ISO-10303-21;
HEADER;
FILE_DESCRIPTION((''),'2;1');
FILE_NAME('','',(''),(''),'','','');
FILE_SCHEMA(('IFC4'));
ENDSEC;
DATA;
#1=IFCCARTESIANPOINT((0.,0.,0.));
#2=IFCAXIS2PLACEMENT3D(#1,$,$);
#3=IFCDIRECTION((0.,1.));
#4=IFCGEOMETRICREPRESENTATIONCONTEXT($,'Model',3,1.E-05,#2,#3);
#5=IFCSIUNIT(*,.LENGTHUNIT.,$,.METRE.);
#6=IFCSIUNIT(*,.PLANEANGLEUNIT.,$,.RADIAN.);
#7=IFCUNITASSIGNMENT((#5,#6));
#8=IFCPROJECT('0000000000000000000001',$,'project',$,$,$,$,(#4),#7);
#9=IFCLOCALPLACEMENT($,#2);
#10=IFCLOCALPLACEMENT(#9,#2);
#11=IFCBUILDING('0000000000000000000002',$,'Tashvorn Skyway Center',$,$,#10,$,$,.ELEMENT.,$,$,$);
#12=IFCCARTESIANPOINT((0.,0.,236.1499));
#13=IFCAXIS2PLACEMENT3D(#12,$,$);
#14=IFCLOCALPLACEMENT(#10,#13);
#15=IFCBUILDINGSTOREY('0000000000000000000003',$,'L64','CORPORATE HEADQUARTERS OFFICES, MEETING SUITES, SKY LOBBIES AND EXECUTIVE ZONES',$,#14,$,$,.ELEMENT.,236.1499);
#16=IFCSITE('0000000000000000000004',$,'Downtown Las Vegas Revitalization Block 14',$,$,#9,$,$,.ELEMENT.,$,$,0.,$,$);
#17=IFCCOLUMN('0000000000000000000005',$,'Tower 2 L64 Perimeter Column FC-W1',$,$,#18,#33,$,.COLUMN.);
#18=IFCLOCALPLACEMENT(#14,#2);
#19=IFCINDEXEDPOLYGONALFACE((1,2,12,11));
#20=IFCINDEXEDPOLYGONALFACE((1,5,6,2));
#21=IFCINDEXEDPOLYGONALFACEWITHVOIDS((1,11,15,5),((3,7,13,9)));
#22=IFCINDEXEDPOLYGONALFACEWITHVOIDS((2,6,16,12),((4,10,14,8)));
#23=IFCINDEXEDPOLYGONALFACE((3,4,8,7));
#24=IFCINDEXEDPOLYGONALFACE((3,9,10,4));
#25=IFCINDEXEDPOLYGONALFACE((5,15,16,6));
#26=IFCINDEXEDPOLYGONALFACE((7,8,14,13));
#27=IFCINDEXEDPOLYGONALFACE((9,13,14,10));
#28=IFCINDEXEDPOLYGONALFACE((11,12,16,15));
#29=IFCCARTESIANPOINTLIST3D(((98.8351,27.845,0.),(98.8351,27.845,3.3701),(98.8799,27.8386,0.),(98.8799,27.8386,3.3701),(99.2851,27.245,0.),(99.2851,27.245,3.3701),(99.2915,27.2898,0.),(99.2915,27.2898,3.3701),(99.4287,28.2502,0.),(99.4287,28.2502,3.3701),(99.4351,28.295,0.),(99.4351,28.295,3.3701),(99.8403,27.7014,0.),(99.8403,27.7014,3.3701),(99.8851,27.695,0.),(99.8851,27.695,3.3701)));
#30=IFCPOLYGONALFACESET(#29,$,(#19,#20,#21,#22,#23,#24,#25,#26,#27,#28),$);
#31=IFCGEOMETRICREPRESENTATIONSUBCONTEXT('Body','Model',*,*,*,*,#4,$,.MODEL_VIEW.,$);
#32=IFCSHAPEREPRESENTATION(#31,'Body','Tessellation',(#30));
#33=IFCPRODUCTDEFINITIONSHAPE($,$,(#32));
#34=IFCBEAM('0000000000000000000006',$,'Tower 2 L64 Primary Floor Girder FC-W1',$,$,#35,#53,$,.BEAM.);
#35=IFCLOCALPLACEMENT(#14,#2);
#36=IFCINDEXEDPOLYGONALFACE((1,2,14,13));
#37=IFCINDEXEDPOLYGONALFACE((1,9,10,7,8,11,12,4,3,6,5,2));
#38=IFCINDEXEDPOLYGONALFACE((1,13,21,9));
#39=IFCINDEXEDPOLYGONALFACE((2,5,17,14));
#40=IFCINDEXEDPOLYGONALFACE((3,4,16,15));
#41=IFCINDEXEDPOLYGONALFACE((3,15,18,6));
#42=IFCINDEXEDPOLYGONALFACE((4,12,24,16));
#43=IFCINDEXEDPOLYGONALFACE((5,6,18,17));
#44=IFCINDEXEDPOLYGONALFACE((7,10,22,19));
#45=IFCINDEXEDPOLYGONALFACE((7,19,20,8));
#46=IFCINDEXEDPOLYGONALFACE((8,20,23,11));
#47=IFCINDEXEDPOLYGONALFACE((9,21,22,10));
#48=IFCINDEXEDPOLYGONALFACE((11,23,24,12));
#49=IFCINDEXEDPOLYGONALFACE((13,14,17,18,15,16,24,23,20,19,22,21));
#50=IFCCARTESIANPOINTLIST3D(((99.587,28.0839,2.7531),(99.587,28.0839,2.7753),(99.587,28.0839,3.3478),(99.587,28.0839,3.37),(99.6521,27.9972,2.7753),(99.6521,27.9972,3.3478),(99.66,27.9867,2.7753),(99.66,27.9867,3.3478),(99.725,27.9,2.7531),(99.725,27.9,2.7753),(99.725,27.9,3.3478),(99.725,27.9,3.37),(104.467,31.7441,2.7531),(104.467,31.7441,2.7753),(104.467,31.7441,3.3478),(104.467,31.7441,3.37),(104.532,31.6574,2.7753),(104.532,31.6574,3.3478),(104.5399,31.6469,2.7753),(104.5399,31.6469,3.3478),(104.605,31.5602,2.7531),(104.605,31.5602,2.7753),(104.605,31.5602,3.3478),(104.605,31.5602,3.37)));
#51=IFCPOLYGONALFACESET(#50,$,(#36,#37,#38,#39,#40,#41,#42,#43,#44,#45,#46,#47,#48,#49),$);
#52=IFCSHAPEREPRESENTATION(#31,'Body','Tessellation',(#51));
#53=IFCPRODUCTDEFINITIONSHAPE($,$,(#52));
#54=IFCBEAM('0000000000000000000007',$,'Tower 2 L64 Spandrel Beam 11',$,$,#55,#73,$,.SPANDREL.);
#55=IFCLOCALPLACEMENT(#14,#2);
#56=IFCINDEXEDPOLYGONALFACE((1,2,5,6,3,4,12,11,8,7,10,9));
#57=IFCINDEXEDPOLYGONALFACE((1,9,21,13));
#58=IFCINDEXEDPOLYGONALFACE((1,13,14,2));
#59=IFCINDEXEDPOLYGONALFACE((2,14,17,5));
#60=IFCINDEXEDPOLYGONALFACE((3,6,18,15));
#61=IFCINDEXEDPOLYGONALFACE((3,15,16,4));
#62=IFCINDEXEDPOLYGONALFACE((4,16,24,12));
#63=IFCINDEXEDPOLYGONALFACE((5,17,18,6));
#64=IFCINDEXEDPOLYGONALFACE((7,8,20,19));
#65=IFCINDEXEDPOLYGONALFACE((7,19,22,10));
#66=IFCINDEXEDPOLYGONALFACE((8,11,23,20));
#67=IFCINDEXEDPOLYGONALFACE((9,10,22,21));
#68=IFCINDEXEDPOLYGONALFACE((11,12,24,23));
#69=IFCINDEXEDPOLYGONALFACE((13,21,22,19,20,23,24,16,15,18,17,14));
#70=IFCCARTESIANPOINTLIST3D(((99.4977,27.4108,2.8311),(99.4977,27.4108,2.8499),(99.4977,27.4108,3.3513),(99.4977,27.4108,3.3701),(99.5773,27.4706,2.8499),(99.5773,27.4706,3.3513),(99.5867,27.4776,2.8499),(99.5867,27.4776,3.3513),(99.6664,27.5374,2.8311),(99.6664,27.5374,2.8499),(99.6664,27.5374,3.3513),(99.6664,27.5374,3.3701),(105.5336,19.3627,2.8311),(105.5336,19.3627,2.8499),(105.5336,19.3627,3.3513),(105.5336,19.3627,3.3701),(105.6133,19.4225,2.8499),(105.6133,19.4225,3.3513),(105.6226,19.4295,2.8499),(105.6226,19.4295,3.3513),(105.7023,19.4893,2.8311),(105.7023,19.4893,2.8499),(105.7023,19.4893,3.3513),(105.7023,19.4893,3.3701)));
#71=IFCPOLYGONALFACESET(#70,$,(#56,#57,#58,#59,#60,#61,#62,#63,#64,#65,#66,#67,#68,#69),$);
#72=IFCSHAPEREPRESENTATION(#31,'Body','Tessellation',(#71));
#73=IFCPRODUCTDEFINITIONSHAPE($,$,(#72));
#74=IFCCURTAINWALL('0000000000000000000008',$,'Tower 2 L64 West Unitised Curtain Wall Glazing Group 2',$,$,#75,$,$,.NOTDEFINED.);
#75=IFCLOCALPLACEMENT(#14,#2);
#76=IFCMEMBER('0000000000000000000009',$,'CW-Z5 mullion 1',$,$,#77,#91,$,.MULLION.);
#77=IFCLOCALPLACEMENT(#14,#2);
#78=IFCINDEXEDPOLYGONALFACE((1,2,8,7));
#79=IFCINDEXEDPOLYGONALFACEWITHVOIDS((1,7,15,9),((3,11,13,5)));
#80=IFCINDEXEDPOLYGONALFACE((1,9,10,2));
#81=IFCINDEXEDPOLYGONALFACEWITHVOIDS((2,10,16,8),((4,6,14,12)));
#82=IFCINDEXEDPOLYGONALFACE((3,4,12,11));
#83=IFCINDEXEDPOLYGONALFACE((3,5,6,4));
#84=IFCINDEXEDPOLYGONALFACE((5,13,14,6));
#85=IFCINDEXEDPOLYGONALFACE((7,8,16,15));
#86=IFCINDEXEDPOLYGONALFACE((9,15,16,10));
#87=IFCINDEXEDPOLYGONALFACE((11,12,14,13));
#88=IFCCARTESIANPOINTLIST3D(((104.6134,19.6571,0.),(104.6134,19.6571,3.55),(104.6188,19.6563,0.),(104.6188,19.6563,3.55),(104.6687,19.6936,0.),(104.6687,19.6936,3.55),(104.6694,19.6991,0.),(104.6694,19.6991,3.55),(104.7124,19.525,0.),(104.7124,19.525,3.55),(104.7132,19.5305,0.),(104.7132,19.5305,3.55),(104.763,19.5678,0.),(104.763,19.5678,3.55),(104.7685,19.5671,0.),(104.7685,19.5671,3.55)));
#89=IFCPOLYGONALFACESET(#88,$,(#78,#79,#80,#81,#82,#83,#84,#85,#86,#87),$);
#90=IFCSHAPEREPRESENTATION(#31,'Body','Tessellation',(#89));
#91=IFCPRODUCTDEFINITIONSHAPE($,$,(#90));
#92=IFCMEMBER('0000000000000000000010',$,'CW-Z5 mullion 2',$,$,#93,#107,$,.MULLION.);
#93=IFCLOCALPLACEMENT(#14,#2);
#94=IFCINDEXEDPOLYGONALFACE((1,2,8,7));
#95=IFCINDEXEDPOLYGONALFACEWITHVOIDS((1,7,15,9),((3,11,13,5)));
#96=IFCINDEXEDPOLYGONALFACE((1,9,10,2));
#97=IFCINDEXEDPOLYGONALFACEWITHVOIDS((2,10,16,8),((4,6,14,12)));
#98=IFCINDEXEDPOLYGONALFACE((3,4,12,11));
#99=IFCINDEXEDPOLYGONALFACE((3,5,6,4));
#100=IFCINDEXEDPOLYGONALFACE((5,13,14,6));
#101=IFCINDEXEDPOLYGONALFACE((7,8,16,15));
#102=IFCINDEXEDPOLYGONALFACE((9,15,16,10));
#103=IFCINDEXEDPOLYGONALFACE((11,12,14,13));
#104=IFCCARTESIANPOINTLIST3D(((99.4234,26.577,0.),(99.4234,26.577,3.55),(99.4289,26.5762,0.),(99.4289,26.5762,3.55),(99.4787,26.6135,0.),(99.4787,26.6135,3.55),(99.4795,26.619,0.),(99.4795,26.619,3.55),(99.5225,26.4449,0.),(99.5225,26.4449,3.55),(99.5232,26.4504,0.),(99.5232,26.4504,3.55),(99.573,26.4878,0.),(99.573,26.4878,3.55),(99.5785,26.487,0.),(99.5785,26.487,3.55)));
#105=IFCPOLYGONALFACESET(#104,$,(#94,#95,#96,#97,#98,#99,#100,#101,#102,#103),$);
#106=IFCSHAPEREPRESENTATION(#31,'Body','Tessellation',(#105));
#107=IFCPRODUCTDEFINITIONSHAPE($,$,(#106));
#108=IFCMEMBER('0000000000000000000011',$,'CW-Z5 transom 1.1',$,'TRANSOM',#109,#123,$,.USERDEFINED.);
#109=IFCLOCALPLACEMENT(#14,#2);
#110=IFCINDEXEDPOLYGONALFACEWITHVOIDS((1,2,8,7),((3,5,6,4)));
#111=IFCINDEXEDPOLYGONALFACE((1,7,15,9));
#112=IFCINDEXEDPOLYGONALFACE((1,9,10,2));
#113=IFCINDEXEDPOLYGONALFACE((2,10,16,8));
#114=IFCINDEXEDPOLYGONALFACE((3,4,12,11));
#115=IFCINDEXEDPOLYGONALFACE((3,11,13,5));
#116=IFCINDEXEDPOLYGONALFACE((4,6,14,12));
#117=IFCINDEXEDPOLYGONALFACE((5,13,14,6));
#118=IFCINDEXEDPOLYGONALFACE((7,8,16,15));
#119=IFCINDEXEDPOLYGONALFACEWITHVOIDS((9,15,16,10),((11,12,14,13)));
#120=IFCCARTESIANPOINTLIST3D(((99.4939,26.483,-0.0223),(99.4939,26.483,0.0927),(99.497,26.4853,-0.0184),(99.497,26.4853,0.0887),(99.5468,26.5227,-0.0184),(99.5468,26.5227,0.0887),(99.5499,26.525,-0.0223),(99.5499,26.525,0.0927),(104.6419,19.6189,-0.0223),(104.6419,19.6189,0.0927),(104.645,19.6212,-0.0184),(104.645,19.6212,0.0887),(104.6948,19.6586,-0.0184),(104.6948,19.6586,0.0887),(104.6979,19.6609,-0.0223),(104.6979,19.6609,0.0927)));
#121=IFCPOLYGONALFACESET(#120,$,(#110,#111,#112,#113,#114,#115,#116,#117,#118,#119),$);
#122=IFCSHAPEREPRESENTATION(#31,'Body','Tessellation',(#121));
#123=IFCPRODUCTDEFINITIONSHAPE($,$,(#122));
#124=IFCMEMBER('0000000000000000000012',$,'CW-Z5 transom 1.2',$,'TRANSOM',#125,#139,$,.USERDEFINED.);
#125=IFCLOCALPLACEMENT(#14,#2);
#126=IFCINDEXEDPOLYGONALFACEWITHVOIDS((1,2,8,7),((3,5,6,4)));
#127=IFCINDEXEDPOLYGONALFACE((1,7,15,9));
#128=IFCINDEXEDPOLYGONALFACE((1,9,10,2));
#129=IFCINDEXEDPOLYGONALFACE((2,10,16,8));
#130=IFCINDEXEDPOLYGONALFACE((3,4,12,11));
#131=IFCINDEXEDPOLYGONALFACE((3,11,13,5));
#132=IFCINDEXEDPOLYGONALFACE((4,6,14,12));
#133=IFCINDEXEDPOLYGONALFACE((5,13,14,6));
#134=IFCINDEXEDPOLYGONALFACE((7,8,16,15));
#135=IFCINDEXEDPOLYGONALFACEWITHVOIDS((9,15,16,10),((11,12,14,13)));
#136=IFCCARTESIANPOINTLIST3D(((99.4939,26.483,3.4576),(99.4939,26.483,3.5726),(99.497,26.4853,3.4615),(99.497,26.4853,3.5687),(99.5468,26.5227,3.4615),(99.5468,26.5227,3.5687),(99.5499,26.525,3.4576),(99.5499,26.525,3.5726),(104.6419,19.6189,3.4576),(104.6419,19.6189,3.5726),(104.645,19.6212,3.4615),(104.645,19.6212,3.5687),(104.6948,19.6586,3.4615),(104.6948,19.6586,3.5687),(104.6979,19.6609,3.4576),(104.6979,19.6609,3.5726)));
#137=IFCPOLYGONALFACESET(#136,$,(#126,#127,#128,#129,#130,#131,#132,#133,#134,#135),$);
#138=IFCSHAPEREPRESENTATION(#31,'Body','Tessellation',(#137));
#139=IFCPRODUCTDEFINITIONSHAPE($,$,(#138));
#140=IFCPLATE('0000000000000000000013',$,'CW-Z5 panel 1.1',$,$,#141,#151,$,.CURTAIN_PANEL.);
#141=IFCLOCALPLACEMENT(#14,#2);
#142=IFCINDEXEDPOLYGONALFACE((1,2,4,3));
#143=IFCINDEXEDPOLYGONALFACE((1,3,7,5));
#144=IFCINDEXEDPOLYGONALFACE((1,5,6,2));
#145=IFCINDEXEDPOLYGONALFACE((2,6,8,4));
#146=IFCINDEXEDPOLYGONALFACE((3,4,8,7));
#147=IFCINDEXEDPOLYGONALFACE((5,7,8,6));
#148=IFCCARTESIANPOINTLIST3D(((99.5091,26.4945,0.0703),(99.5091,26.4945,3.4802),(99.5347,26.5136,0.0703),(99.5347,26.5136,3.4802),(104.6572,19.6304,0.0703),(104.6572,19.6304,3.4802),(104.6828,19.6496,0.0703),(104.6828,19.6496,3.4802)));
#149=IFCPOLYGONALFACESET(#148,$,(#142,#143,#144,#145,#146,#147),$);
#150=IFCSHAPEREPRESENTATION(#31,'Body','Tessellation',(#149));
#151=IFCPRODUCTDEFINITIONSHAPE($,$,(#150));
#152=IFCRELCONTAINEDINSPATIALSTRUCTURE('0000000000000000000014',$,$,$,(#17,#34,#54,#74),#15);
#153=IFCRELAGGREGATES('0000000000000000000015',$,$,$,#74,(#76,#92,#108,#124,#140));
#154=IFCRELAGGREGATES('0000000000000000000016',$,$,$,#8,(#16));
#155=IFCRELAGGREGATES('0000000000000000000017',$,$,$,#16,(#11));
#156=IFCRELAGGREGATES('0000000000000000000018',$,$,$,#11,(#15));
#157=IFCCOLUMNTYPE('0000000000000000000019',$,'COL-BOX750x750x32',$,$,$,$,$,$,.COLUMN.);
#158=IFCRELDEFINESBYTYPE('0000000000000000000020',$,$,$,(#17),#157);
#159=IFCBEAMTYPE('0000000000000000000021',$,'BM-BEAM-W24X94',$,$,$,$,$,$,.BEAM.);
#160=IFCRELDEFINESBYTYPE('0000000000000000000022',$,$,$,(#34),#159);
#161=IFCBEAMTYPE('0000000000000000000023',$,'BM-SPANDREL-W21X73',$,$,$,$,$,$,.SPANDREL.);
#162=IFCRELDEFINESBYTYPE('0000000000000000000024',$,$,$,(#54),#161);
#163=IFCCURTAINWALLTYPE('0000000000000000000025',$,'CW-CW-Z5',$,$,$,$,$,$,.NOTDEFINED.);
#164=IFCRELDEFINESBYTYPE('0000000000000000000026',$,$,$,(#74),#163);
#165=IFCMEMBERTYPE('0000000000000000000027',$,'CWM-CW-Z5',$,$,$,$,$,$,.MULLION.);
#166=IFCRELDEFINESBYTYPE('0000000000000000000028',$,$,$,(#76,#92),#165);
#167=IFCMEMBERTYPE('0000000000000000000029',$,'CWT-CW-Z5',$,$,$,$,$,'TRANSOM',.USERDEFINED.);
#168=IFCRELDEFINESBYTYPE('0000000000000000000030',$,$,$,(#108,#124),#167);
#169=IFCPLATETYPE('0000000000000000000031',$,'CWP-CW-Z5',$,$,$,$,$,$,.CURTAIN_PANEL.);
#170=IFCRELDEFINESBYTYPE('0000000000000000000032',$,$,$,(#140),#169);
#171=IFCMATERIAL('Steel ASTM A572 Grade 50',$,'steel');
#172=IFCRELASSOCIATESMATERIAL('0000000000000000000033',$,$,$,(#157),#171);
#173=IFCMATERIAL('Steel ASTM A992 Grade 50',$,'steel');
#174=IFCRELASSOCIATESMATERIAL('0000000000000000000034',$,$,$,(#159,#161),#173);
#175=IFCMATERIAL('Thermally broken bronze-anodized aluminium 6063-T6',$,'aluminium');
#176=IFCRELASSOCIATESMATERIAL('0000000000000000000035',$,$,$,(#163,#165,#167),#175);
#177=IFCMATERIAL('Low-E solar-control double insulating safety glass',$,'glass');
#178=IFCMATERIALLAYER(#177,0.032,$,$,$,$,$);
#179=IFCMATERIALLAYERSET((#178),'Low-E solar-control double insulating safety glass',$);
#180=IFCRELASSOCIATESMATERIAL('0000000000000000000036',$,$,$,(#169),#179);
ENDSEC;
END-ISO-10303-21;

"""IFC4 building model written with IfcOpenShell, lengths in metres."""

from ifc_helpers import new_model, si_unit, direction, frame, origin, origin_2d, place, context, subcontext, project, spatial, rectangle, hollow_rectangle, i_section, extrude, material, layer, layer_set, material_profile, profile_set, type_object, element, aggregate, save


model = new_model("IFC4")

# Units and contexts
model_context = context("Model", 3, precision=1e-05, world=origin(), true_north=direction((0.0, 1.0)))
body_context = subcontext(model_context, "Body", "Model", "MODEL_VIEW")
ifc_project = project(units=[si_unit("LENGTHUNIT", "METRE"), si_unit("PLANEANGLEUNIT", "RADIAN")], contexts=[model_context])

# Site, building, storey
site_placement = place(None, origin())
site = spatial("IfcSite", under=ifc_project, at=site_placement, Name="Downtown Las Vegas Revitalization Block 14", CompositionType="ELEMENT", RefElevation=0.0)
building_placement = place(site_placement, origin())
building = spatial("IfcBuilding", under=site, at=building_placement, Name="Tashvorn Skyway Center", CompositionType="ELEMENT")
storey_placement = place(building_placement, frame((0.0, 0.0, 236.1499)))
storey = spatial("IfcBuildingStorey", under=building, at=storey_placement, Name="L64", Description="CORPORATE HEADQUARTERS OFFICES, MEETING SUITES, SKY LOBBIES AND EXECUTIVE ZONES", CompositionType="ELEMENT", Elevation=236.1499)

# Column
ifc_material_1 = material(Name="Steel ASTM A572 Grade 50", Category="steel")
ifc_material_profile_1 = material_profile(ifc_material_1, hollow_rectangle(XDim=0.75, YDim=0.75, WallThickness=0.032, at=origin_2d()), Name="BOX750x750x32")
ifc_profile_set_1 = profile_set([ifc_material_profile_1], Name="Steel ASTM A572 Grade 50")
column_type = type_object("IfcColumnType", Name="COL-BOX750x750x32", PredefinedType="COLUMN", material=ifc_profile_set_1)
column_placement = place(storey_placement, frame((99.3601, 27.77, 0.0), z_axis=(0.0, 0.0, 1.0), x_axis=(0.8, 0.6, 0.0)))
element("IfcColumn", 1, at=column_placement, inside=storey, type_object=column_type, Name="Tower 2 L64 Perimeter Column FC-W1", PredefinedType="COLUMN", context=body_context, shape_type="SweptSolid", body=[
    extrude(hollow_rectangle(XDim=0.75, YDim=0.75, WallThickness=0.032, at=origin_2d()), origin(), (0.0, 0.0, 1.0), 3.3701),
])

# Beams
ifc_material_2 = material(Name="Steel ASTM A992 Grade 50", Category="steel")
ifc_material_profile_2 = material_profile(ifc_material_2, i_section(OverallWidth=0.23, OverallDepth=0.6169, WebThickness=0.0132, FlangeThickness=0.0222, at=origin_2d()), Name="W24X94")
ifc_profile_set_2 = profile_set([ifc_material_profile_2], Name="Steel ASTM A992 Grade 50")
beam_type_1 = type_object("IfcBeamType", Name="BM-BEAM-W24X94", PredefinedType="BEAM", material=ifc_profile_set_2)
beam_1_placement = place(storey_placement, frame((99.656, 27.9919, 3.0615), z_axis=(0.799981, 0.600026, 0.0), x_axis=(-0.600026, 0.799981, 0.0)))
element("IfcBeam", 2, at=beam_1_placement, inside=storey, type_object=beam_type_1, Name="Tower 2 L64 Primary Floor Girder FC-W1", PredefinedType="BEAM", context=body_context, shape_type="SweptSolid", body=[
    extrude(i_section(OverallWidth=0.23, OverallDepth=0.6169, WebThickness=0.0132, FlangeThickness=0.0222, at=origin_2d()), origin(), (0.0, 0.0, 1.0), 6.1001),
])
ifc_material_profile_3 = material_profile(ifc_material_2, i_section(OverallWidth=0.2109, OverallDepth=0.5391, WebThickness=0.0117, FlangeThickness=0.0188, at=origin_2d()), Name="W21X73")
ifc_profile_set_3 = profile_set([ifc_material_profile_3], Name="Steel ASTM A992 Grade 50")
beam_type_2 = type_object("IfcBeamType", Name="BM-SPANDREL-W21X73", PredefinedType="SPANDREL", material=ifc_profile_set_3)
beam_2_placement = place(storey_placement, frame((99.582, 27.4741, 3.1006), z_axis=(0.599988, -0.800009, 0.0), x_axis=(0.800009, 0.599988, 0.0)))
element("IfcBeam", 3, at=beam_2_placement, inside=storey, type_object=beam_type_2, Name="Tower 2 L64 Spandrel Beam 11", PredefinedType="SPANDREL", context=body_context, shape_type="SweptSolid", body=[
    extrude(i_section(OverallWidth=0.2109, OverallDepth=0.5391, WebThickness=0.0117, FlangeThickness=0.0188, at=origin_2d()), origin(), (0.0, 0.0, 1.0), 10.0601),
])

# Curtain wall, members, plate
ifc_material_3 = material(Name="Thermally broken bronze-anodized aluminium 6063-T6", Category="aluminium")
curtain_wall_type = type_object("IfcCurtainWallType", Name="CW-CW-Z5", PredefinedType="NOTDEFINED", material=ifc_material_3)
curtain_wall_placement = place(storey_placement, origin())
curtain_wall = element("IfcCurtainWall", 4, at=curtain_wall_placement, inside=storey, type_object=curtain_wall_type, Name="Tower 2 L64 West Unitised Curtain Wall Glazing Group 2", PredefinedType="NOTDEFINED")
ifc_material_profile_4 = material_profile(ifc_material_3, hollow_rectangle(XDim=0.0701, YDim=0.165, WallThickness=0.0039, at=origin_2d()), Name="ALU-MULL-70x165")
ifc_profile_set_4 = profile_set([ifc_material_profile_4], Name="Thermally broken bronze-anodized aluminium 6063-T6")
member_type_1 = type_object("IfcMemberType", Name="CWM-CW-Z5", PredefinedType="MULLION", material=ifc_profile_set_4)
member_1_placement = place(storey_placement, frame((104.6909, 19.6121, 0.0), z_axis=(0.0, 0.0, 1.0), x_axis=(-0.8, -0.6, 0.0)))
member_1 = element("IfcMember", 5, at=member_1_placement, type_object=member_type_1, Name="CW-Z5 mullion 1", PredefinedType="MULLION", context=body_context, shape_type="SweptSolid", body=[
    extrude(hollow_rectangle(XDim=0.0701, YDim=0.165, WallThickness=0.0039, at=origin_2d()), origin(), (0.0, 0.0, 1.0), 3.55),
])
member_2_placement = place(storey_placement, frame((99.501, 26.532, 0.0), z_axis=(0.0, 0.0, 1.0), x_axis=(-0.8, -0.6, 0.0)))
member_2 = element("IfcMember", 6, at=member_2_placement, type_object=member_type_1, Name="CW-Z5 mullion 2", PredefinedType="MULLION", context=body_context, shape_type="SweptSolid", body=[
    extrude(hollow_rectangle(XDim=0.0701, YDim=0.165, WallThickness=0.0039, at=origin_2d()), origin(), (0.0, 0.0, 1.0), 3.55),
])
ifc_material_profile_5 = material_profile(ifc_material_3, hollow_rectangle(XDim=0.0701, YDim=0.115, WallThickness=0.0039, at=origin_2d()), Name="ALU-TRAN-70x115")
ifc_profile_set_5 = profile_set([ifc_material_profile_5], Name="Thermally broken bronze-anodized aluminium 6063-T6")
member_type_2 = type_object("IfcMemberType", Name="CWT-CW-Z5", ElementType="TRANSOM", PredefinedType="USERDEFINED", material=ifc_profile_set_5)
member_3_placement = place(storey_placement, frame((104.6699, 19.6399, 0.0352), z_axis=(-0.599995, 0.800003, 0.0), x_axis=(-0.800003, -0.599995, 0.0)))
member_3 = element("IfcMember", 7, at=member_3_placement, type_object=member_type_2, Name="CW-Z5 transom 1.1", ObjectType="TRANSOM", PredefinedType="USERDEFINED", context=body_context, shape_type="SweptSolid", body=[
    extrude(hollow_rectangle(XDim=0.0701, YDim=0.115, WallThickness=0.0039, at=origin_2d()), origin(), (0.0, 0.0, 1.0), 8.5801),
])
member_4_placement = place(storey_placement, frame((104.6699, 19.6399, 3.5151), z_axis=(-0.599995, 0.800003, 0.0), x_axis=(-0.800003, -0.599995, 0.0)))
member_4 = element("IfcMember", 8, at=member_4_placement, type_object=member_type_2, Name="CW-Z5 transom 1.2", ObjectType="TRANSOM", PredefinedType="USERDEFINED", context=body_context, shape_type="SweptSolid", body=[
    extrude(hollow_rectangle(XDim=0.0701, YDim=0.115, WallThickness=0.0039, at=origin_2d()), origin(), (0.0, 0.0, 1.0), 8.5801),
])
ifc_material_4 = material(Name="Low-E solar-control double insulating safety glass", Category="glass")
ifc_layer_1 = layer(ifc_material_4, 0.032)
ifc_layer_set_1 = layer_set([ifc_layer_1], Name="Low-E solar-control double insulating safety glass")
plate_type = type_object("IfcPlateType", Name="CWP-CW-Z5", PredefinedType="CURTAIN_PANEL", material=ifc_layer_set_1)
plate_placement = place(storey_placement, frame((102.0959, 23.072, 0.0703), z_axis=(0.0, 0.0, 1.0), x_axis=(-0.6, 0.8, 0.0)))
plate = element("IfcPlate", 9, at=plate_placement, type_object=plate_type, Name="CW-Z5 panel 1.1", PredefinedType="CURTAIN_PANEL", context=body_context, shape_type="SweptSolid", body=[
    extrude(rectangle(XDim=8.5801, YDim=0.032, at=origin_2d()), origin(), (0.0, 0.0, 1.0), 3.4099),
])
aggregate(curtain_wall, [member_1, member_2, member_3, member_4, plate])

save(model, "model.ifc")
